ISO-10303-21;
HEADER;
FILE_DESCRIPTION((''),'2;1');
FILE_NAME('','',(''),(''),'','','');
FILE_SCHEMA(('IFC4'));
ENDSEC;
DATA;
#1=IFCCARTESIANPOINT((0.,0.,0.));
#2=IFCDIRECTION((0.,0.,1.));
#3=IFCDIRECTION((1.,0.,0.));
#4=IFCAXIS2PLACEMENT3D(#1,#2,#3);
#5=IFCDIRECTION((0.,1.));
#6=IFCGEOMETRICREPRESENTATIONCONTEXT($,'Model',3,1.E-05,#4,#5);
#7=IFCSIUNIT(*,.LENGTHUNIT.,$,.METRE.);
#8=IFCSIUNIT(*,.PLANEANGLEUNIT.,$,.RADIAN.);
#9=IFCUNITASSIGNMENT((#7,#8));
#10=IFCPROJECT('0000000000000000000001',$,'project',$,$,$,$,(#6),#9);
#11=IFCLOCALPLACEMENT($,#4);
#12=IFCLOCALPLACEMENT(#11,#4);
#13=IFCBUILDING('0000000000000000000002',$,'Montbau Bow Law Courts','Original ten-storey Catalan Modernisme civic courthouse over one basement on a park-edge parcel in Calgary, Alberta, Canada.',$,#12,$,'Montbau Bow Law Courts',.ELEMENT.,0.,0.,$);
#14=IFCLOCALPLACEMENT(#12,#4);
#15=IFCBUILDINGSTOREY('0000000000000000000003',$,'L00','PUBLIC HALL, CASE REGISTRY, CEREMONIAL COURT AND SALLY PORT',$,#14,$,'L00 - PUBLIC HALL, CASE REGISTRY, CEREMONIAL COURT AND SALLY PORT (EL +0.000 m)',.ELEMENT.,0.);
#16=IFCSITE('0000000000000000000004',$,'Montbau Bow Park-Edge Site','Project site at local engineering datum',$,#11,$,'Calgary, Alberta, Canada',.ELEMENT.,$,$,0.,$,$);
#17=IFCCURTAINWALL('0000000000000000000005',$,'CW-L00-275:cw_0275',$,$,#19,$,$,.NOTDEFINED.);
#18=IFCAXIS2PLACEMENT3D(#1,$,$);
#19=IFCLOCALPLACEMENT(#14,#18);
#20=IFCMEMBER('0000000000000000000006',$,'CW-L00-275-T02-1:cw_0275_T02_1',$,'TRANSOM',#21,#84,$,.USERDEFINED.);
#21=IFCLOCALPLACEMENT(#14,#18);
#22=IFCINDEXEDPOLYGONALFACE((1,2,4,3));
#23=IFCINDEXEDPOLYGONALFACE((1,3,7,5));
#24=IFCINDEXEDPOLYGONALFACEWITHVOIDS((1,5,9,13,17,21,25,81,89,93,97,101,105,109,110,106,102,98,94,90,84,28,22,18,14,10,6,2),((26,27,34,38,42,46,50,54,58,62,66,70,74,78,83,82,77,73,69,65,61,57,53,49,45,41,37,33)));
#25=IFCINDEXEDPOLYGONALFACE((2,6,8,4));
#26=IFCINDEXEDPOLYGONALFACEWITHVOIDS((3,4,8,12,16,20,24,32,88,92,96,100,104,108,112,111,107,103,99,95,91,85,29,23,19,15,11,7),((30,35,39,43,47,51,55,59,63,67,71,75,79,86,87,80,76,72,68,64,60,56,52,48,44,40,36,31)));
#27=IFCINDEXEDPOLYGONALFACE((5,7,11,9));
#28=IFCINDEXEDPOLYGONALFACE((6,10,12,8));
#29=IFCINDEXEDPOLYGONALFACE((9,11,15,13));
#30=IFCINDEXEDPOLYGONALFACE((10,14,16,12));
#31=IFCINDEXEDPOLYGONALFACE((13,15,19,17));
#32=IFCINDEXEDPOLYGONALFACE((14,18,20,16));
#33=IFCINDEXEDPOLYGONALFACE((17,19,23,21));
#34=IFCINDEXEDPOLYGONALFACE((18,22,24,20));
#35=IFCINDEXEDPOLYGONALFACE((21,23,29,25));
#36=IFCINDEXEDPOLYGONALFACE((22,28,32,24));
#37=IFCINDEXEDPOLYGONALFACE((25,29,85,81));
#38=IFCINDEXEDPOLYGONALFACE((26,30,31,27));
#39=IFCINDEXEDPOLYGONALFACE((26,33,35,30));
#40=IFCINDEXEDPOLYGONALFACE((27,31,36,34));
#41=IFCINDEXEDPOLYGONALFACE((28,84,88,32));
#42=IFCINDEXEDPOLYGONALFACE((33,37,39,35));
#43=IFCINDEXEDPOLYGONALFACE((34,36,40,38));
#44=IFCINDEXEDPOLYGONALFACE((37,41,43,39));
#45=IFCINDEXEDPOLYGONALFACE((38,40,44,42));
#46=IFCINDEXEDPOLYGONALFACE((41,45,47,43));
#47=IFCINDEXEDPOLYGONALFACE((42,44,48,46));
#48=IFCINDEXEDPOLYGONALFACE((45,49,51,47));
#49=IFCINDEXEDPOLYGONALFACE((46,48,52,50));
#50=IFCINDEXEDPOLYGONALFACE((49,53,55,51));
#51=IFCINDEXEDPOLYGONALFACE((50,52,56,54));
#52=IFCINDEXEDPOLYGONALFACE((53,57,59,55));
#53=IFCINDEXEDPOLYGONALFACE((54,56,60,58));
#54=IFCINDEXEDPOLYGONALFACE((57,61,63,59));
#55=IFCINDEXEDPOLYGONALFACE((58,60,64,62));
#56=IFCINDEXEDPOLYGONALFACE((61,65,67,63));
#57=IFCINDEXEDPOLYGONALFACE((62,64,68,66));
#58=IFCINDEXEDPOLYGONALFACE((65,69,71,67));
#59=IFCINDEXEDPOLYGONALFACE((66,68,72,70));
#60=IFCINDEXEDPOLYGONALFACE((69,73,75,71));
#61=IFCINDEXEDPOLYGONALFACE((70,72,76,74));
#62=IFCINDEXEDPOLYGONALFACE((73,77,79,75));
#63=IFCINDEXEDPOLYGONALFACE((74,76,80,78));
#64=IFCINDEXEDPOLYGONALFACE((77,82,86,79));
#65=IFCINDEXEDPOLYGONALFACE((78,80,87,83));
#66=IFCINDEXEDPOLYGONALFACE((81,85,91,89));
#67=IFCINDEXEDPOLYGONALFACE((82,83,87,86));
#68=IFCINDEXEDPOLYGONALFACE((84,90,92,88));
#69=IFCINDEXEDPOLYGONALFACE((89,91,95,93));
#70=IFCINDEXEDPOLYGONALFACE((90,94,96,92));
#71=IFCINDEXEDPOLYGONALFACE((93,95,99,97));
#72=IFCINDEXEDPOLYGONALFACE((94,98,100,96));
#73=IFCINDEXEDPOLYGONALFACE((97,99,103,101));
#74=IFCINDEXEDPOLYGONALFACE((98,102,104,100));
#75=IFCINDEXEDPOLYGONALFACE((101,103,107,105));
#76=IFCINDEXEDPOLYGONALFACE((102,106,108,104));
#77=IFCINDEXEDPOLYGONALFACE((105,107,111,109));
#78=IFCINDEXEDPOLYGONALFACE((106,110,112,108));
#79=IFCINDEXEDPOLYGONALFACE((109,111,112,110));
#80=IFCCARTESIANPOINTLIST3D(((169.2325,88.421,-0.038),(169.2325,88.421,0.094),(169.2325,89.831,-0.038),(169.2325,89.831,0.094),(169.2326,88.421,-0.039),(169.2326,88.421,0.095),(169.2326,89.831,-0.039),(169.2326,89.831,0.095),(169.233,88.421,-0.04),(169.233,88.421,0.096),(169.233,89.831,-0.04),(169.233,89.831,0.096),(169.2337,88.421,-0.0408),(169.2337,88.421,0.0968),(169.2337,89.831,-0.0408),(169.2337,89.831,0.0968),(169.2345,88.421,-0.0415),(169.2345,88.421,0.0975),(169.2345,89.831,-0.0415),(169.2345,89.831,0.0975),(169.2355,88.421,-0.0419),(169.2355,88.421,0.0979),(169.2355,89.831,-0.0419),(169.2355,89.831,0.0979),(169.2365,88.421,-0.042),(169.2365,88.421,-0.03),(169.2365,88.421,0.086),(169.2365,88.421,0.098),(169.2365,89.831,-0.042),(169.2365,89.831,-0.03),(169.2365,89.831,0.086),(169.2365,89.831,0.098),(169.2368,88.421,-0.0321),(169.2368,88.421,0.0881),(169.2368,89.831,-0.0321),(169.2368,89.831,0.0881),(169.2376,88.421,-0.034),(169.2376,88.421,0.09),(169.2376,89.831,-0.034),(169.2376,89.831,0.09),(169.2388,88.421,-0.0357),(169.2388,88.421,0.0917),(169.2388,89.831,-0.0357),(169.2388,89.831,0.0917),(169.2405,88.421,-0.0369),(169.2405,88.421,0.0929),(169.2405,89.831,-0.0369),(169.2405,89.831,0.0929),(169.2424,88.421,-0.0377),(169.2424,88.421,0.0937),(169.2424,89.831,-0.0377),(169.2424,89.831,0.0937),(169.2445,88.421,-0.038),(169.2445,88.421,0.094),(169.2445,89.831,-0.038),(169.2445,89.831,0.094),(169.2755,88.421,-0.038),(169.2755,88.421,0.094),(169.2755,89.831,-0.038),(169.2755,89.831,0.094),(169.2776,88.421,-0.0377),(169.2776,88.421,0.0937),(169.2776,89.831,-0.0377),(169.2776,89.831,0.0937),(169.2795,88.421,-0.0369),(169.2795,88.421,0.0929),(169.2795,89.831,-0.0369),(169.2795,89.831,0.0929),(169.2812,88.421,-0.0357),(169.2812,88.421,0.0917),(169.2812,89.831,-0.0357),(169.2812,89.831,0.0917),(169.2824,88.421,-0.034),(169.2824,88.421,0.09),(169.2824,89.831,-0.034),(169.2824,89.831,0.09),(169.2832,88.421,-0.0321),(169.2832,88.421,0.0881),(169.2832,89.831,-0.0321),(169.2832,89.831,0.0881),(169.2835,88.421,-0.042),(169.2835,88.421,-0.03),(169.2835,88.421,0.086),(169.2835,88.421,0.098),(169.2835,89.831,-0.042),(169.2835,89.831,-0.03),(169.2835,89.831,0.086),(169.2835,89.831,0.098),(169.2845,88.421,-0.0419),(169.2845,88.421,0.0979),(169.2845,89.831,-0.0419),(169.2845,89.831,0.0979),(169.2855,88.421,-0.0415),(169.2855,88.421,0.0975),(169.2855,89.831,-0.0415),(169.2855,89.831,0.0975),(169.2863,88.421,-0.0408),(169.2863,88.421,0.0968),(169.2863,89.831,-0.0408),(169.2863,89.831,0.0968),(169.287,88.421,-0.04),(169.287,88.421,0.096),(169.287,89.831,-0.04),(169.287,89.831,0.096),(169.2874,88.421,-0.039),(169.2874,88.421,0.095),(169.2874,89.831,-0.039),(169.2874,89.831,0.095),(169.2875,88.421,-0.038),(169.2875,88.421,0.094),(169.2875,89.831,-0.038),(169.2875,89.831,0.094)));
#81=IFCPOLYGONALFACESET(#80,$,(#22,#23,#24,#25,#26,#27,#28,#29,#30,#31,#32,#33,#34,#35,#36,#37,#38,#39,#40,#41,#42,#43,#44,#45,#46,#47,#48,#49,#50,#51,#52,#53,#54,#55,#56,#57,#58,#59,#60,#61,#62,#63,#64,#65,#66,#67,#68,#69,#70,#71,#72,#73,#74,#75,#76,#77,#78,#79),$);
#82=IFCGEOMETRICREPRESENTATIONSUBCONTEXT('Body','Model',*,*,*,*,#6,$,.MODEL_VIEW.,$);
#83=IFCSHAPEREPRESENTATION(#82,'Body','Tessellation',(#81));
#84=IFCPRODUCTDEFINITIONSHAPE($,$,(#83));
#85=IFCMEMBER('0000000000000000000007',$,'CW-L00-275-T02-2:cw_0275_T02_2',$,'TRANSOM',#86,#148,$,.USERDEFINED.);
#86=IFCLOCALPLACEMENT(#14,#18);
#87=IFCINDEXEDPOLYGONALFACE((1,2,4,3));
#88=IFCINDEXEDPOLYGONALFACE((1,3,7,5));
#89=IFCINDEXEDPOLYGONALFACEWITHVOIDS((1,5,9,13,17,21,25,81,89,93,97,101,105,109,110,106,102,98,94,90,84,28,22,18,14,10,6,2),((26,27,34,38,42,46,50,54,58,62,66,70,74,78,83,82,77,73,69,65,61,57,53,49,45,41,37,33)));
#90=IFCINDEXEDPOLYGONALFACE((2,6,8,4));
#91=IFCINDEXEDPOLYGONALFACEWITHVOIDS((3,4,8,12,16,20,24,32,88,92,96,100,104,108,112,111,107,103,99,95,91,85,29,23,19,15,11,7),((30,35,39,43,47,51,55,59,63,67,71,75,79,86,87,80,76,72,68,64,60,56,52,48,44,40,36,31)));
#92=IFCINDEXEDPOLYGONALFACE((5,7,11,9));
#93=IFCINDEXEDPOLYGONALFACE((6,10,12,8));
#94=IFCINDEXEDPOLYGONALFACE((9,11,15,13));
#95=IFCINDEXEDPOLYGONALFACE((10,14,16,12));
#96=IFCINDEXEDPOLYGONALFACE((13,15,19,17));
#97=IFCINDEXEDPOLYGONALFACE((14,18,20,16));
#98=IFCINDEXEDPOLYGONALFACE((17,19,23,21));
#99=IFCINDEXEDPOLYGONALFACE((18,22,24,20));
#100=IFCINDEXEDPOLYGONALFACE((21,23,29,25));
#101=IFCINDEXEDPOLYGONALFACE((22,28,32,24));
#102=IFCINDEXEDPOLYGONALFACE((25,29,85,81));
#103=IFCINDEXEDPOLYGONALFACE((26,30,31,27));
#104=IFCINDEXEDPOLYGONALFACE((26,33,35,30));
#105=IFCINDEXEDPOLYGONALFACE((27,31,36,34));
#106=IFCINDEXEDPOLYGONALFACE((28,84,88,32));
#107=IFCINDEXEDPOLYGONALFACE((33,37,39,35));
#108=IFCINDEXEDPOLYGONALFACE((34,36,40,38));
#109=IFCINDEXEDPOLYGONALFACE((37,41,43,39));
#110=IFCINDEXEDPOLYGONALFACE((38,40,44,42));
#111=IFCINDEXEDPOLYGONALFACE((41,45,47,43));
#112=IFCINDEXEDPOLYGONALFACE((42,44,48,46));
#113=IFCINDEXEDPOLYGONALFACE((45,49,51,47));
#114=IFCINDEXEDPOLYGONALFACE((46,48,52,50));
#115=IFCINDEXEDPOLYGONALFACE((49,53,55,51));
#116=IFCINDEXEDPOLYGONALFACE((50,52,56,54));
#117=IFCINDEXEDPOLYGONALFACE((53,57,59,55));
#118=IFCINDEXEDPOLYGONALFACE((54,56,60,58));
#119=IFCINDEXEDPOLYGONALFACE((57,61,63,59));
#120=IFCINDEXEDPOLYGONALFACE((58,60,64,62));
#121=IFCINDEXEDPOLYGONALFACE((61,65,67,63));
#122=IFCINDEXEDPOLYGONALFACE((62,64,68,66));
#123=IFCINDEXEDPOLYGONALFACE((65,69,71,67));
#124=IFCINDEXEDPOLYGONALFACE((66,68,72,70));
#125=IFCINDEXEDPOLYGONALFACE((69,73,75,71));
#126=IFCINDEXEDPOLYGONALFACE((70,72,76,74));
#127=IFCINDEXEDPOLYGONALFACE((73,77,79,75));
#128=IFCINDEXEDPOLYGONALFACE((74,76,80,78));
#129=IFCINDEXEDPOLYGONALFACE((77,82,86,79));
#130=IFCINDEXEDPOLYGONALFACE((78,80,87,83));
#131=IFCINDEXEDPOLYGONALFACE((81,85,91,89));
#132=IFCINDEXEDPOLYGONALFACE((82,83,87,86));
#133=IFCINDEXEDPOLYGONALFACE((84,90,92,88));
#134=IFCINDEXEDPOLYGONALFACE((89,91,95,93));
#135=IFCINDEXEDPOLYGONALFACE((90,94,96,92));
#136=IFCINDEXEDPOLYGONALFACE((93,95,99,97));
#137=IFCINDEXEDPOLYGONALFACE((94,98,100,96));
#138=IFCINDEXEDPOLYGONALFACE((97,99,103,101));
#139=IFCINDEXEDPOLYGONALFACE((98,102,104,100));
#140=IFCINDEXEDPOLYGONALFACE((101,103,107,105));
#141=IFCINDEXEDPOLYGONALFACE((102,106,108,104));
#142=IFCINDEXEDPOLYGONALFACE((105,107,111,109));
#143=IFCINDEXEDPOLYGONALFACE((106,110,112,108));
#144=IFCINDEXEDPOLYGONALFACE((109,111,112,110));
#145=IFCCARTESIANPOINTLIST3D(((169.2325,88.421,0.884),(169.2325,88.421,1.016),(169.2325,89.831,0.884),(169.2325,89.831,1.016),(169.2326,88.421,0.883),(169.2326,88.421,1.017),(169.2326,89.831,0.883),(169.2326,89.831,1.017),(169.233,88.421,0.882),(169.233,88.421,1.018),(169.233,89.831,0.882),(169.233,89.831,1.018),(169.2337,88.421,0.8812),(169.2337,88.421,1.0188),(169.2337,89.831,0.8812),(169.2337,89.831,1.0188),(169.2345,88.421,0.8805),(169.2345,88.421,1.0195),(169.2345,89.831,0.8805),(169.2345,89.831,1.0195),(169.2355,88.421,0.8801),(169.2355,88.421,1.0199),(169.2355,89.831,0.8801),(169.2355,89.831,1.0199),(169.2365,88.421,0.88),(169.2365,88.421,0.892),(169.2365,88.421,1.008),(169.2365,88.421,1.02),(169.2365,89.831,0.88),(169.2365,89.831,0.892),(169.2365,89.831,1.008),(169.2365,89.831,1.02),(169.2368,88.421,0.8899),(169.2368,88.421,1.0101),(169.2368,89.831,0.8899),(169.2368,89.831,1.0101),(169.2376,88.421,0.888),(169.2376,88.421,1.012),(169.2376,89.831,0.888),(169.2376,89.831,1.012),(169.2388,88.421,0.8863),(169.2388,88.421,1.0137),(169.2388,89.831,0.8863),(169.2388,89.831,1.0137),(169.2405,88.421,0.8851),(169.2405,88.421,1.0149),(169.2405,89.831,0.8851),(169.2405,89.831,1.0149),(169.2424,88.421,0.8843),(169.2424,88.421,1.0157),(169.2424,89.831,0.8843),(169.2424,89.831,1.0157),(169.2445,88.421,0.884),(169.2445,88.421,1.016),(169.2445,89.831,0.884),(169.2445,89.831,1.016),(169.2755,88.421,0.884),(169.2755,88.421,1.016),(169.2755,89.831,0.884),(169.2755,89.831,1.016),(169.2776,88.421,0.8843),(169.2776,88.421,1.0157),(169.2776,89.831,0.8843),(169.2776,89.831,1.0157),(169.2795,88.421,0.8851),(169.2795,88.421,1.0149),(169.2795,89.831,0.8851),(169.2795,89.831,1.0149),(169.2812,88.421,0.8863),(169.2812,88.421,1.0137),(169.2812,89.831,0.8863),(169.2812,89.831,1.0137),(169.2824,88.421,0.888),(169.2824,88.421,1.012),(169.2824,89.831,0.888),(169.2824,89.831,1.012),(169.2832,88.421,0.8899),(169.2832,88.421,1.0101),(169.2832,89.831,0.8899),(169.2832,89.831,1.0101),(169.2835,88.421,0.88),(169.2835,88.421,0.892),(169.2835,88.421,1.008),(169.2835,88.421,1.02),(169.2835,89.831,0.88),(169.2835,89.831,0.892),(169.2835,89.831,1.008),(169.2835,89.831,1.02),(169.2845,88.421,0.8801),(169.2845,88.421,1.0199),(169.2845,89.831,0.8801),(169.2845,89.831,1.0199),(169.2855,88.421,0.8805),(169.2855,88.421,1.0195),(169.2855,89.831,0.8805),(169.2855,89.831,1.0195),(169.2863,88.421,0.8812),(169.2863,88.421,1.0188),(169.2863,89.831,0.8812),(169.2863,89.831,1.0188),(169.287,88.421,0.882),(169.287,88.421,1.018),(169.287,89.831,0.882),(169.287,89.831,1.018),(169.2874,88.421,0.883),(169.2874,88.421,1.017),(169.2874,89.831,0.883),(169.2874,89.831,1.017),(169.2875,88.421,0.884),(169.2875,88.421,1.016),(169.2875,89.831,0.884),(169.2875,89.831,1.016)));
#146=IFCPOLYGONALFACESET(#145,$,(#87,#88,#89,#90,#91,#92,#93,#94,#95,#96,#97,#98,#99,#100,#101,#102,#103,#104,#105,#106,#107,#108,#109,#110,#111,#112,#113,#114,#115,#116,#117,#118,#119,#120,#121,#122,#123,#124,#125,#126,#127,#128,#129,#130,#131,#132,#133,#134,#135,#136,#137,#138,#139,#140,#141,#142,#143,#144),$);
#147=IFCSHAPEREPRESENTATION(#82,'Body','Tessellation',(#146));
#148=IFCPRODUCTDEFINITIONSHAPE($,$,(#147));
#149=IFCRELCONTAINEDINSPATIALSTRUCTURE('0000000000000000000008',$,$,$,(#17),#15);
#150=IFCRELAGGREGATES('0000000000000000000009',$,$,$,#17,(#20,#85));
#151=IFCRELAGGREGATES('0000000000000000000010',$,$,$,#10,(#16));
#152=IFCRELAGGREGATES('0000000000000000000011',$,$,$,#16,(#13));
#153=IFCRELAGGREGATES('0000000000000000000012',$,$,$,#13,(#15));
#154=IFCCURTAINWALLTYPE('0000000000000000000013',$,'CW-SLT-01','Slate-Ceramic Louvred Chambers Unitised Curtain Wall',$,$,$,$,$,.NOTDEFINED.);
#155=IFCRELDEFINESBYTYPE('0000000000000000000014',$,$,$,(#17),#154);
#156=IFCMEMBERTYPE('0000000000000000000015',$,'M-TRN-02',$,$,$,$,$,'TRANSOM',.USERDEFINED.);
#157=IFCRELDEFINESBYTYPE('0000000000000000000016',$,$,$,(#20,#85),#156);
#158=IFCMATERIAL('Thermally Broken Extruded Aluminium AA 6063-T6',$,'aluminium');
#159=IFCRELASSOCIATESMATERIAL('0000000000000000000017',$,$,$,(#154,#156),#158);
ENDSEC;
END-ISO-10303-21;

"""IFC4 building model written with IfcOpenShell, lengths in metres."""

from ifc_helpers import new_model, si_unit, direction, frame, origin_with_axes, origin_2d_with_axis, place, context, subcontext, project, spatial, hollow_rectangle, extrude, material, material_profile, profile_set, type_object, element, aggregate, save


model = new_model("IFC4")

# Units and contexts
model_context = context("Model", 3, precision=1e-05, world=origin_with_axes(), true_north=direction((0.0, 1.0)))
body_context = subcontext(model_context, "Body", "Model", "MODEL_VIEW")
ifc_project = project(units=[si_unit("LENGTHUNIT", "METRE"), si_unit("PLANEANGLEUNIT", "RADIAN")], contexts=[model_context])

# Site, building, storey
site_placement = place(None, origin_with_axes())
site = spatial("IfcSite", under=ifc_project, at=site_placement, Name="Montbau Bow Park-Edge Site", Description="Project site at local engineering datum", LongName="Calgary, Alberta, Canada", CompositionType="ELEMENT", RefElevation=0.0)
building_placement = place(site_placement, origin_with_axes())
building = spatial("IfcBuilding", under=site, at=building_placement, Name="Montbau Bow Law Courts", Description="Original ten-storey Catalan Modernisme civic courthouse over one basement on a park-edge parcel in Calgary, Alberta, Canada.", LongName="Montbau Bow Law Courts", CompositionType="ELEMENT", ElevationOfRefHeight=0.0, ElevationOfTerrain=0.0)
storey_placement = place(building_placement, origin_with_axes())
storey = spatial("IfcBuildingStorey", under=building, at=storey_placement, Name="L00", Description="PUBLIC HALL, CASE REGISTRY, CEREMONIAL COURT AND SALLY PORT", LongName="L00 - PUBLIC HALL, CASE REGISTRY, CEREMONIAL COURT AND SALLY PORT (EL +0.000 m)", CompositionType="ELEMENT", Elevation=0.0)

# Shared definitions
ifc_material_1 = material(Name="Thermally Broken Extruded Aluminium AA 6063-T6", Category="aluminium")
curtain_wall_type = type_object("IfcCurtainWallType", Name="CW-SLT-01", Description="Slate-Ceramic Louvred Chambers Unitised Curtain Wall", PredefinedType="NOTDEFINED", material=ifc_material_1)

# Curtain wall
curtain_wall_1_placement = place(None, frame((169.26, 86.915, 0.0), z_axis=(0.0, 0.0, 1.0), x_axis=(1.0, 0.0, 0.0)))
curtain_wall_1 = element("IfcCurtainWall", 1, at=curtain_wall_1_placement, inside=storey, type_object=curtain_wall_type, Name="CW-L00-275:cw_0275", PredefinedType="NOTDEFINED")

# Members
ifc_material_profile_1 = material_profile(ifc_material_1, hollow_rectangle(XDim=0.055, YDim=0.14, WallThickness=0.004, InnerFilletRadius=0.008, OuterFilletRadius=0.004, at=origin_2d_with_axis()), Name="CWT-140X55", Category="Main", Priority=0)
ifc_profile_set_1 = profile_set([ifc_material_profile_1], Name="Thermally Broken Extruded Aluminium AA 6063-T6")
member_type_1 = type_object("IfcMemberType", Name="M-TRN-02", ElementType="TRANSOM", PredefinedType="USERDEFINED", material=ifc_profile_set_1)
member_1_placement = place(None, frame((169.26, 88.421, 0.028), z_axis=(0.0, 1.0, 0.0), x_axis=(-1.0, 0.0, 0.0)))
member_1 = element("IfcMember", 2, at=member_1_placement, type_object=member_type_1, Name="CW-L00-275-T02-1:cw_0275_T02_1", ObjectType="TRANSOM", PredefinedType="USERDEFINED", context=body_context, shape_type="SweptSolid", body=[
    extrude(hollow_rectangle(XDim=0.055, YDim=0.14, WallThickness=0.004, InnerFilletRadius=0.008, OuterFilletRadius=0.004, at=origin_2d_with_axis()), origin_with_axes(), (0.0, 0.0, 1.0), 1.41),
])
member_2_placement = place(None, frame((169.26, 88.421, 0.95), z_axis=(0.0, 1.0, 0.0), x_axis=(-1.0, 0.0, 0.0)))
member_2 = element("IfcMember", 3, at=member_2_placement, type_object=member_type_1, Name="CW-L00-275-T02-2:cw_0275_T02_2", ObjectType="TRANSOM", PredefinedType="USERDEFINED", context=body_context, shape_type="SweptSolid", body=[
    extrude(hollow_rectangle(XDim=0.055, YDim=0.14, WallThickness=0.004, InnerFilletRadius=0.008, OuterFilletRadius=0.004, at=origin_2d_with_axis()), origin_with_axes(), (0.0, 0.0, 1.0), 1.41),
])

aggregate(curtain_wall_1, [member_1, member_2])

save(model, "model.ifc")
